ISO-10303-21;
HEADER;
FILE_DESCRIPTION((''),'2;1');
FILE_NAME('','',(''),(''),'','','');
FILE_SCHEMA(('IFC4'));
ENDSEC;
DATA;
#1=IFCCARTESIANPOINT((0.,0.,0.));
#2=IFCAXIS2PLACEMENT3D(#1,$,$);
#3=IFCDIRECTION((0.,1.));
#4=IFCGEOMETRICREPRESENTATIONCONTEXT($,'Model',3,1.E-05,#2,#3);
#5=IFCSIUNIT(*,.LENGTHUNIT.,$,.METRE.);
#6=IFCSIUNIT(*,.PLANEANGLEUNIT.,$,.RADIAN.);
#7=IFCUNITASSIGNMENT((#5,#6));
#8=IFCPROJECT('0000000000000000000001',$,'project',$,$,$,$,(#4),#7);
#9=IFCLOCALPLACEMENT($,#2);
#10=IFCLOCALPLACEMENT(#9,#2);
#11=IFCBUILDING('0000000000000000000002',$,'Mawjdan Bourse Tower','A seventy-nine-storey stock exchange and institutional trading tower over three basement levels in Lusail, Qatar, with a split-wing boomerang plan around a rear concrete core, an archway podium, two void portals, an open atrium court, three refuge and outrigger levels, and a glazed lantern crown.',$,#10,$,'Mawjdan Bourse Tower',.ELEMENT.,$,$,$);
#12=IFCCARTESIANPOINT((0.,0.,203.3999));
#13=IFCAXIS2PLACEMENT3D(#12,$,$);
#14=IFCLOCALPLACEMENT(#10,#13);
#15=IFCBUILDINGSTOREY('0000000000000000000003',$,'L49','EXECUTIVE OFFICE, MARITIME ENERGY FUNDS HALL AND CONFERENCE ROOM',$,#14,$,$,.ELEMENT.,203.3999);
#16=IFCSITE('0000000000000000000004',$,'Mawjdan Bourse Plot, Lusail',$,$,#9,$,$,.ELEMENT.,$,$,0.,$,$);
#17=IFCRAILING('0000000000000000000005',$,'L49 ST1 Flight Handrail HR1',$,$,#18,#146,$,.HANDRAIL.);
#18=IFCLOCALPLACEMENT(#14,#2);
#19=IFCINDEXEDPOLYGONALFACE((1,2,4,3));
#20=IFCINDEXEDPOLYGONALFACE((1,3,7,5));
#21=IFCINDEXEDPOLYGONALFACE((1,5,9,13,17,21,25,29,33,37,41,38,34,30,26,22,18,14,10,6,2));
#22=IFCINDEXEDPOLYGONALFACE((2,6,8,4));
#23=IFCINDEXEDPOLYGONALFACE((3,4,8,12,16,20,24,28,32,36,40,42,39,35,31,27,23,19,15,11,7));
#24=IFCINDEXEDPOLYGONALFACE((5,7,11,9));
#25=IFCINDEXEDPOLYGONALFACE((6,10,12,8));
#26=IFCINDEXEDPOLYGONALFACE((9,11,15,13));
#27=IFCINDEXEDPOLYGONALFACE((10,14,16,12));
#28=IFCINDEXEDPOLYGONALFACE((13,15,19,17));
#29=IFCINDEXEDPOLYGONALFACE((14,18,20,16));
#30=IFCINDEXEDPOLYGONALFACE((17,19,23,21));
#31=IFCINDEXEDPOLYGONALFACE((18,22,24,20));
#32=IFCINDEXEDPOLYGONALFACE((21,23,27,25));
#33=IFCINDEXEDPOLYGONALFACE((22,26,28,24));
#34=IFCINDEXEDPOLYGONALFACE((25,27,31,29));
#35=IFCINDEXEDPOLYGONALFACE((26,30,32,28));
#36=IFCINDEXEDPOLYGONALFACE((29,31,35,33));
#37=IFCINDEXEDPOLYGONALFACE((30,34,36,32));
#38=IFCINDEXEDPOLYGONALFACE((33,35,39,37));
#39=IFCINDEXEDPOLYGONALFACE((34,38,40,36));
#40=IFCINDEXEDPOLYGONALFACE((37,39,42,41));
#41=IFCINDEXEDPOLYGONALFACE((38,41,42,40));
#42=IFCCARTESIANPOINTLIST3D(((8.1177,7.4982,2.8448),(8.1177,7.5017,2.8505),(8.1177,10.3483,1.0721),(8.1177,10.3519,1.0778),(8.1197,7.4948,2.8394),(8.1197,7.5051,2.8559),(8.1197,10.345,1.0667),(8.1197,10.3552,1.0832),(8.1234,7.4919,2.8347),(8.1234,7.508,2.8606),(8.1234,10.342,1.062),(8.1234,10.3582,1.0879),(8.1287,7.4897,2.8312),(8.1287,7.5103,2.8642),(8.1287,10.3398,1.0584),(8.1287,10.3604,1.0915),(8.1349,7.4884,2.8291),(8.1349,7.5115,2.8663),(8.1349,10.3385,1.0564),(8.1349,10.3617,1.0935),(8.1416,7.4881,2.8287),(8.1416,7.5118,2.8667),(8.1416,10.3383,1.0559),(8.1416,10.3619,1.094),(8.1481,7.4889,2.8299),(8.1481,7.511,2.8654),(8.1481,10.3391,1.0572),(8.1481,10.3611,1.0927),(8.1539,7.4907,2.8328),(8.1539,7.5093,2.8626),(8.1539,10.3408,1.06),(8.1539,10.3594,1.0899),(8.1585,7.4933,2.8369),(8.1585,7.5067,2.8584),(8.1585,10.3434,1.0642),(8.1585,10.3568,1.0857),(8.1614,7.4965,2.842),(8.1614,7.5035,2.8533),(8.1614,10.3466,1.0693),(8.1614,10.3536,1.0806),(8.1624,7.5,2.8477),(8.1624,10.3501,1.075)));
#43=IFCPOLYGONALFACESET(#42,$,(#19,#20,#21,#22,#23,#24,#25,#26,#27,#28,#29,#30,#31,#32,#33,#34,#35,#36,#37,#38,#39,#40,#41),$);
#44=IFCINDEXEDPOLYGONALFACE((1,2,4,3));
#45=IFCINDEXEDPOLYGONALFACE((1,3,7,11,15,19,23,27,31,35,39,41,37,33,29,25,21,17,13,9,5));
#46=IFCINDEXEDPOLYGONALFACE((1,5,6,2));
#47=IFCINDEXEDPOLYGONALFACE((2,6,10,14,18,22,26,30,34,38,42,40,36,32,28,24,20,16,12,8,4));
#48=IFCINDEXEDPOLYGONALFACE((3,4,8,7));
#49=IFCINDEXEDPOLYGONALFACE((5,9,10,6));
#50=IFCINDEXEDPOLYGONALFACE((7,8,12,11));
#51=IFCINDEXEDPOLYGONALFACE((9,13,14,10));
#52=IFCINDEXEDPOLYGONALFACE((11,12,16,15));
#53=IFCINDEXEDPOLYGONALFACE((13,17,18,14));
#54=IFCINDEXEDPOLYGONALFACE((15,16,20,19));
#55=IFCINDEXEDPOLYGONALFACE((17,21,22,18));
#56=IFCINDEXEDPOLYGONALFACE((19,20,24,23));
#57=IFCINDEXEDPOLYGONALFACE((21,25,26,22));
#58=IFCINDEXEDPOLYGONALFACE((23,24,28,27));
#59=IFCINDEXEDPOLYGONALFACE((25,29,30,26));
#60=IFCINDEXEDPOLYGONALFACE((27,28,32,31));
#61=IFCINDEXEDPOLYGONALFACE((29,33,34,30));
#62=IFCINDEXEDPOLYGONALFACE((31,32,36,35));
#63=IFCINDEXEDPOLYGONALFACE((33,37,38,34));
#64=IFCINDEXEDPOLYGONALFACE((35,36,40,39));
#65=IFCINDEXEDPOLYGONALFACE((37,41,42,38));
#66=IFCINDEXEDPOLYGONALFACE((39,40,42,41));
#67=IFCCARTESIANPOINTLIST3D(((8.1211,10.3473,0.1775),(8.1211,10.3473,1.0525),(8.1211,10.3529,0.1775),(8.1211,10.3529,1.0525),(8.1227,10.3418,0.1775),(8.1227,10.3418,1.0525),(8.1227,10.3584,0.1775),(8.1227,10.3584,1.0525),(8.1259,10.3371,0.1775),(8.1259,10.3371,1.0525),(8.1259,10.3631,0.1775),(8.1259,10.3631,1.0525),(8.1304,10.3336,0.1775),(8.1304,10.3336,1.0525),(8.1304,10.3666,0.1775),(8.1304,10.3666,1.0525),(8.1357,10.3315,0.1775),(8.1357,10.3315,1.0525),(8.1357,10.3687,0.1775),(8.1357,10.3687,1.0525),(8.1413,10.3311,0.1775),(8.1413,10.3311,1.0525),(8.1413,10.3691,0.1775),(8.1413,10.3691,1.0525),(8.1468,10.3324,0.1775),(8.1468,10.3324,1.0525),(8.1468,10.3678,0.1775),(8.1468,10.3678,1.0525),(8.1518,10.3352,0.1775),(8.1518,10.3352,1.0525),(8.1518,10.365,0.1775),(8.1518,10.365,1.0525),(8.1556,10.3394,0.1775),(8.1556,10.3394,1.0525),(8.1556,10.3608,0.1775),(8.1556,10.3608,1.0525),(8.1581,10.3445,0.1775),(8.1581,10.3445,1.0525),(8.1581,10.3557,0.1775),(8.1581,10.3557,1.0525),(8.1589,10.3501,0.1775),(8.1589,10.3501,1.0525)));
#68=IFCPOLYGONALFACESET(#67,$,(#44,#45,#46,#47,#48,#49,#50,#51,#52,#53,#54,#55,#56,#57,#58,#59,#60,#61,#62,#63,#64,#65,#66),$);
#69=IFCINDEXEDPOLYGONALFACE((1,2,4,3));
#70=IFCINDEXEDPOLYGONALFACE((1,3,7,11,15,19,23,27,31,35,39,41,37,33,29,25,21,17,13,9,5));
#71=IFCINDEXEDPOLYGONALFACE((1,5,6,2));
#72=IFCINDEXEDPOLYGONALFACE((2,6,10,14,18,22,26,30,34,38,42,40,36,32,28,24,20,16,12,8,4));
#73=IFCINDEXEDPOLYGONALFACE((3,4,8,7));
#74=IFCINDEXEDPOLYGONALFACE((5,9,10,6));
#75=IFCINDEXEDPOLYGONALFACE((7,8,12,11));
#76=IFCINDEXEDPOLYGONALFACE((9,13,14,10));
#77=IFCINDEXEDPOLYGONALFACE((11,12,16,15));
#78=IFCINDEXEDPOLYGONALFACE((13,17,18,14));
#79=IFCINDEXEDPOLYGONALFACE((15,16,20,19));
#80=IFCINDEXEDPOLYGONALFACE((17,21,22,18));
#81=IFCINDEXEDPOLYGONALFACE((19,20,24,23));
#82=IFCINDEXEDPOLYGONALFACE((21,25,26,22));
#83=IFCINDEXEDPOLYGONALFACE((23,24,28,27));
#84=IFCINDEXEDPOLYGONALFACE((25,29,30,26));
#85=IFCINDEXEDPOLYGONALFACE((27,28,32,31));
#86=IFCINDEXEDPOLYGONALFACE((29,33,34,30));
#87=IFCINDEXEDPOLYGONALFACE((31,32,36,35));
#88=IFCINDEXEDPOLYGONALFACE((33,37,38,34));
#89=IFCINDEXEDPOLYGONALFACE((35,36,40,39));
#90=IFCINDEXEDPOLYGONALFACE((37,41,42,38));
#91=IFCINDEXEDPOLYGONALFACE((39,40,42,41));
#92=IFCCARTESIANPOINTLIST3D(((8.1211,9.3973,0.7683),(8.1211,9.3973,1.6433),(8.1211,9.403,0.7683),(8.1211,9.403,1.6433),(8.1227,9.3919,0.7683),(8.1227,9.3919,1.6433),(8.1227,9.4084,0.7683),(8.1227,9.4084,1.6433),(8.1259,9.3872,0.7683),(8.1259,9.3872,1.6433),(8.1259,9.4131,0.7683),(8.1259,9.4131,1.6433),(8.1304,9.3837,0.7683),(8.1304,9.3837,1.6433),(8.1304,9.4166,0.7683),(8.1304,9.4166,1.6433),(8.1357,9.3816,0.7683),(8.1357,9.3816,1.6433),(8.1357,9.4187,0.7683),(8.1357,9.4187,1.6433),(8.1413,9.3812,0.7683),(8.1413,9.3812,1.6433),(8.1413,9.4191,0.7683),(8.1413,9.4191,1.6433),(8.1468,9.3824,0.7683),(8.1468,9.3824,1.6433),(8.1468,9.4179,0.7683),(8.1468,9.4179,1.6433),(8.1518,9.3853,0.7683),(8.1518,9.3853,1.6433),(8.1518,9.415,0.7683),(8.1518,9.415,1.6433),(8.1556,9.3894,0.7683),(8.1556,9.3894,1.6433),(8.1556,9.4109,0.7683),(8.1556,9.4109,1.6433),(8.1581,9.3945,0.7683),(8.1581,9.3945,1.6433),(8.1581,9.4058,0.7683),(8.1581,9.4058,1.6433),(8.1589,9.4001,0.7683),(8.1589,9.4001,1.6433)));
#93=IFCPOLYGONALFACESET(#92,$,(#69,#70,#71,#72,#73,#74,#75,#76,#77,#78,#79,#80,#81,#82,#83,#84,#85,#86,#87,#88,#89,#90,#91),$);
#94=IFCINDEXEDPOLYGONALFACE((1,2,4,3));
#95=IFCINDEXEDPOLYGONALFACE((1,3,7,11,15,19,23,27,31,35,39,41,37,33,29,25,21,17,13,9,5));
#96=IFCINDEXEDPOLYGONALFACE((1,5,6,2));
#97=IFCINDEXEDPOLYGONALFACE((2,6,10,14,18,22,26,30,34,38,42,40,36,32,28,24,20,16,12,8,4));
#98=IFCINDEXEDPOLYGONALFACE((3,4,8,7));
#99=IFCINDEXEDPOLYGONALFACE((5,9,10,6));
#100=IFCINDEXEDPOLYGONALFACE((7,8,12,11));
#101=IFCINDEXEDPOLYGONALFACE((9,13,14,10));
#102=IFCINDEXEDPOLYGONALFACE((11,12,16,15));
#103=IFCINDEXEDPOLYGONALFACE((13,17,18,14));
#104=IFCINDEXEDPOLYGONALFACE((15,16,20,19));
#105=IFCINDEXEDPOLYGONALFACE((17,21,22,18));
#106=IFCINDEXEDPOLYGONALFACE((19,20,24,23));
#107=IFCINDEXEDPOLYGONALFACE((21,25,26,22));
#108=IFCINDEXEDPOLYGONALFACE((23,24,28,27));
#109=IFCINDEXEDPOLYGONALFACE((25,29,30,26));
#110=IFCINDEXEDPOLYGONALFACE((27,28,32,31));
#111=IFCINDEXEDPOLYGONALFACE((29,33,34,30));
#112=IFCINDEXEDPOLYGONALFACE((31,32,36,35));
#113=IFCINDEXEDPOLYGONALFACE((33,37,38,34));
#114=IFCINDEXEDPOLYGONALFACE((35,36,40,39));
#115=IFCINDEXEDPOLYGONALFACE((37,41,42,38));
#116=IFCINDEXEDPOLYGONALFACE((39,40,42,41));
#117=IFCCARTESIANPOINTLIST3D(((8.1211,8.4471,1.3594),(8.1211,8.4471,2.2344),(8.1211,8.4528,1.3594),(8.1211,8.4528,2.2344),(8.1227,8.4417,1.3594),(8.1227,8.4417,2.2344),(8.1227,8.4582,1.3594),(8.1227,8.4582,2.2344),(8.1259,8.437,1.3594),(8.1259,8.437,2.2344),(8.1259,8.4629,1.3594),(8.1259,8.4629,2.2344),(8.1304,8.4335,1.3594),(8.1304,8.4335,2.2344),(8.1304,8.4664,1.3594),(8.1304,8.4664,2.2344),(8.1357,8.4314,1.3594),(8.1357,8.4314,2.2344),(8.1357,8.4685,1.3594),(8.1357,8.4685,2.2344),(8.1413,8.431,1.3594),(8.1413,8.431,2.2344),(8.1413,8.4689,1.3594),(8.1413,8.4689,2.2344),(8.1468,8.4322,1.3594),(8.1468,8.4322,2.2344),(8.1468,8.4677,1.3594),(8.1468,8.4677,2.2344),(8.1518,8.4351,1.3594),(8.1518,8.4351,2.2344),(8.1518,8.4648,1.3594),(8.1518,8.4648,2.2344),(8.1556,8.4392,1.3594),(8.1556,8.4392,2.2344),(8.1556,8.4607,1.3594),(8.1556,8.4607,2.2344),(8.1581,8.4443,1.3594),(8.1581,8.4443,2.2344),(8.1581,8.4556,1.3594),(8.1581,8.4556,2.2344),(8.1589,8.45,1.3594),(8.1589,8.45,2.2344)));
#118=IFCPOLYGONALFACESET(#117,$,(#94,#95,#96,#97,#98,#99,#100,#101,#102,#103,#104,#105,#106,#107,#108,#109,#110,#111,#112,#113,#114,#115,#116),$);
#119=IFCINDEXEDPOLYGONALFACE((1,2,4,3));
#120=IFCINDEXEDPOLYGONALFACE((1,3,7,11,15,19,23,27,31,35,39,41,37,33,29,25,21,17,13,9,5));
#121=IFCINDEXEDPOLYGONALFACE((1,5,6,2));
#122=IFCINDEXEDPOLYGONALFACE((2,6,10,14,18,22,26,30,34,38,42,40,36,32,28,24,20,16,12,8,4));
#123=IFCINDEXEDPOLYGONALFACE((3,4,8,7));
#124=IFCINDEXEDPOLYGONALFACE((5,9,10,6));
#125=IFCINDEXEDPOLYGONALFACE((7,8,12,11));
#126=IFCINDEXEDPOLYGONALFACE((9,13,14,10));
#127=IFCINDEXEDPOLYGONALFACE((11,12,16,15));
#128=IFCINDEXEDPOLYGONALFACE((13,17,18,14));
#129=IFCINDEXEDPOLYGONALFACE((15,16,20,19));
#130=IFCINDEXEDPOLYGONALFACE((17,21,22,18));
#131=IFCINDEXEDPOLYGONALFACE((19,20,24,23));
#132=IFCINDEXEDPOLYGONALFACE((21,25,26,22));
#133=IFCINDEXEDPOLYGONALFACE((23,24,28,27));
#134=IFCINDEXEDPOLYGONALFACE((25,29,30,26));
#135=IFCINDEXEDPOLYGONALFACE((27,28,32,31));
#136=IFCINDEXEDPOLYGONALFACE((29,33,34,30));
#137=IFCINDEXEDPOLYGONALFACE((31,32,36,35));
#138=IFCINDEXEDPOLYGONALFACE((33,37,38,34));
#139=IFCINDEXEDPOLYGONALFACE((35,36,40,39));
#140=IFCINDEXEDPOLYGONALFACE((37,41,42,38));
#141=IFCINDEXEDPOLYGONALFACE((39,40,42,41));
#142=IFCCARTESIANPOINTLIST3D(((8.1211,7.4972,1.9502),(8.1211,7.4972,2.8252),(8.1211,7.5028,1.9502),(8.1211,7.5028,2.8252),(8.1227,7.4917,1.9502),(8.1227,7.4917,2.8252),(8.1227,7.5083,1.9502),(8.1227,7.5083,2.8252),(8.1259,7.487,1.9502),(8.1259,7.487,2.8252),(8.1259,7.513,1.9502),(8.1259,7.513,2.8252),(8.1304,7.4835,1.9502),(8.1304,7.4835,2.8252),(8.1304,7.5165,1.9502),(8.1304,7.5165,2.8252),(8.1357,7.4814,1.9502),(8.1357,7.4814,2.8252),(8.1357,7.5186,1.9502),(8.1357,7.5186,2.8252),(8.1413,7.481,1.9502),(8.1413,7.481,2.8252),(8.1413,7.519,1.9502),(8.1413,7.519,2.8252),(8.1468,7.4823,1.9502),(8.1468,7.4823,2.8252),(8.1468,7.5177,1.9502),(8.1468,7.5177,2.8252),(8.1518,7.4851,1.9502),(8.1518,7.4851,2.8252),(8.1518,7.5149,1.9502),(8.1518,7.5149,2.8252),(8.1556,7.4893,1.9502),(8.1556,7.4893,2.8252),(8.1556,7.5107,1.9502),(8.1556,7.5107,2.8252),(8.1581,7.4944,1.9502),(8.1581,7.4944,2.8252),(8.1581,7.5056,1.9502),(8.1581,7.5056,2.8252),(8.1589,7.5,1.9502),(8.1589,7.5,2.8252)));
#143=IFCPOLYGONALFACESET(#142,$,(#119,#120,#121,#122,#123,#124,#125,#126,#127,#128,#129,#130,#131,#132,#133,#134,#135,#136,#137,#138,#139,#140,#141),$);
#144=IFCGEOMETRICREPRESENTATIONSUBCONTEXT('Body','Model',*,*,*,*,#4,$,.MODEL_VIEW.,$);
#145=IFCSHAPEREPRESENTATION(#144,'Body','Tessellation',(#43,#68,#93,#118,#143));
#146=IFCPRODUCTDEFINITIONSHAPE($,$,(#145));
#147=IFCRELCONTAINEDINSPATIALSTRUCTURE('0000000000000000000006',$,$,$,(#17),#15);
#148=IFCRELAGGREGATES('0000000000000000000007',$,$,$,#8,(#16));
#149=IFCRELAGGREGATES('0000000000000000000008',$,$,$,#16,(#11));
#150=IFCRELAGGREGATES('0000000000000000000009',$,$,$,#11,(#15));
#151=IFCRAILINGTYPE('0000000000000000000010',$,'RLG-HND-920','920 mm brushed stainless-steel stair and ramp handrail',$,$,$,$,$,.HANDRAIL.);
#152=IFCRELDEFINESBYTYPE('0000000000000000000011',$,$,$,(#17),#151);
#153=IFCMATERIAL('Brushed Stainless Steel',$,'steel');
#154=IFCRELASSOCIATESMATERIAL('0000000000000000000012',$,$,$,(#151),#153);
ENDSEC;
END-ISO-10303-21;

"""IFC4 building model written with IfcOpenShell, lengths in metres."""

from ifc_helpers import new_model, si_unit, direction, frame, origin, origin_2d, place, context, subcontext, project, spatial, circle, extrude, material, type_object, element, save


model = new_model("IFC4")

# Units and contexts
model_context = context("Model", 3, precision=1e-05, world=origin(), true_north=direction((0.0, 1.0)))
body_context = subcontext(model_context, "Body", "Model", "MODEL_VIEW")
ifc_project = project(units=[si_unit("LENGTHUNIT", "METRE"), si_unit("PLANEANGLEUNIT", "RADIAN")], contexts=[model_context])

# Site, building, storey
site_placement = place(None, origin())
site = spatial("IfcSite", under=ifc_project, at=site_placement, Name="Mawjdan Bourse Plot, Lusail", CompositionType="ELEMENT", RefElevation=0.0)
building_placement = place(site_placement, origin())
building = spatial("IfcBuilding", under=site, at=building_placement, Name="Mawjdan Bourse Tower", Description="A seventy-nine-storey stock exchange and institutional trading tower over three basement levels in Lusail, Qatar, with a split-wing boomerang plan around a rear concrete core, an archway podium, two void portals, an open atrium court, three refuge and outrigger levels, and a glazed lantern crown.", LongName="Mawjdan Bourse Tower", CompositionType="ELEMENT")
storey_placement = place(building_placement, frame((0.0, 0.0, 203.3999)))
storey = spatial("IfcBuildingStorey", under=building, at=storey_placement, Name="L49", Description="EXECUTIVE OFFICE, MARITIME ENERGY FUNDS HALL AND CONFERENCE ROOM", CompositionType="ELEMENT", Elevation=203.3999)

# Railing
ifc_material_1 = material(Name="Brushed Stainless Steel", Category="steel")
railing_type_1 = type_object("IfcRailingType", Name="RLG-HND-920", Description="920 mm brushed stainless-steel stair and ramp handrail", PredefinedType="HANDRAIL", material=ifc_material_1)
railing_placement = place(storey_placement, frame((8.1399, 10.3501, 0.1775)))
element("IfcRailing", 1, at=railing_placement, inside=storey, type_object=railing_type_1, Name="L49 ST1 Flight Handrail HR1", PredefinedType="HANDRAIL", context=body_context, shape_type="SweptSolid", body=[
    extrude(circle(Radius=0.0225, at=origin_2d()), frame((0.0, 0.0, 0.8975), z_axis=(0.0, -0.849149, 0.528154), x_axis=(1.0, 0.0, 0.0)), (0.0, 0.0, 1.0), 3.3564),
    extrude(circle(Radius=0.019, at=origin_2d()), origin(), (0.0, 0.0, 1.0), 0.875),
    extrude(circle(Radius=0.019, at=origin_2d()), frame((0.0, -0.95, 0.5908)), (0.0, 0.0, 1.0), 0.875),
    extrude(circle(Radius=0.019, at=origin_2d()), frame((0.0, -1.9001, 1.1819)), (0.0, 0.0, 1.0), 0.875),
    extrude(circle(Radius=0.019, at=origin_2d()), frame((0.0, -2.8501, 1.7727)), (0.0, 0.0, 1.0), 0.875),
])

save(model, "model.ifc")
